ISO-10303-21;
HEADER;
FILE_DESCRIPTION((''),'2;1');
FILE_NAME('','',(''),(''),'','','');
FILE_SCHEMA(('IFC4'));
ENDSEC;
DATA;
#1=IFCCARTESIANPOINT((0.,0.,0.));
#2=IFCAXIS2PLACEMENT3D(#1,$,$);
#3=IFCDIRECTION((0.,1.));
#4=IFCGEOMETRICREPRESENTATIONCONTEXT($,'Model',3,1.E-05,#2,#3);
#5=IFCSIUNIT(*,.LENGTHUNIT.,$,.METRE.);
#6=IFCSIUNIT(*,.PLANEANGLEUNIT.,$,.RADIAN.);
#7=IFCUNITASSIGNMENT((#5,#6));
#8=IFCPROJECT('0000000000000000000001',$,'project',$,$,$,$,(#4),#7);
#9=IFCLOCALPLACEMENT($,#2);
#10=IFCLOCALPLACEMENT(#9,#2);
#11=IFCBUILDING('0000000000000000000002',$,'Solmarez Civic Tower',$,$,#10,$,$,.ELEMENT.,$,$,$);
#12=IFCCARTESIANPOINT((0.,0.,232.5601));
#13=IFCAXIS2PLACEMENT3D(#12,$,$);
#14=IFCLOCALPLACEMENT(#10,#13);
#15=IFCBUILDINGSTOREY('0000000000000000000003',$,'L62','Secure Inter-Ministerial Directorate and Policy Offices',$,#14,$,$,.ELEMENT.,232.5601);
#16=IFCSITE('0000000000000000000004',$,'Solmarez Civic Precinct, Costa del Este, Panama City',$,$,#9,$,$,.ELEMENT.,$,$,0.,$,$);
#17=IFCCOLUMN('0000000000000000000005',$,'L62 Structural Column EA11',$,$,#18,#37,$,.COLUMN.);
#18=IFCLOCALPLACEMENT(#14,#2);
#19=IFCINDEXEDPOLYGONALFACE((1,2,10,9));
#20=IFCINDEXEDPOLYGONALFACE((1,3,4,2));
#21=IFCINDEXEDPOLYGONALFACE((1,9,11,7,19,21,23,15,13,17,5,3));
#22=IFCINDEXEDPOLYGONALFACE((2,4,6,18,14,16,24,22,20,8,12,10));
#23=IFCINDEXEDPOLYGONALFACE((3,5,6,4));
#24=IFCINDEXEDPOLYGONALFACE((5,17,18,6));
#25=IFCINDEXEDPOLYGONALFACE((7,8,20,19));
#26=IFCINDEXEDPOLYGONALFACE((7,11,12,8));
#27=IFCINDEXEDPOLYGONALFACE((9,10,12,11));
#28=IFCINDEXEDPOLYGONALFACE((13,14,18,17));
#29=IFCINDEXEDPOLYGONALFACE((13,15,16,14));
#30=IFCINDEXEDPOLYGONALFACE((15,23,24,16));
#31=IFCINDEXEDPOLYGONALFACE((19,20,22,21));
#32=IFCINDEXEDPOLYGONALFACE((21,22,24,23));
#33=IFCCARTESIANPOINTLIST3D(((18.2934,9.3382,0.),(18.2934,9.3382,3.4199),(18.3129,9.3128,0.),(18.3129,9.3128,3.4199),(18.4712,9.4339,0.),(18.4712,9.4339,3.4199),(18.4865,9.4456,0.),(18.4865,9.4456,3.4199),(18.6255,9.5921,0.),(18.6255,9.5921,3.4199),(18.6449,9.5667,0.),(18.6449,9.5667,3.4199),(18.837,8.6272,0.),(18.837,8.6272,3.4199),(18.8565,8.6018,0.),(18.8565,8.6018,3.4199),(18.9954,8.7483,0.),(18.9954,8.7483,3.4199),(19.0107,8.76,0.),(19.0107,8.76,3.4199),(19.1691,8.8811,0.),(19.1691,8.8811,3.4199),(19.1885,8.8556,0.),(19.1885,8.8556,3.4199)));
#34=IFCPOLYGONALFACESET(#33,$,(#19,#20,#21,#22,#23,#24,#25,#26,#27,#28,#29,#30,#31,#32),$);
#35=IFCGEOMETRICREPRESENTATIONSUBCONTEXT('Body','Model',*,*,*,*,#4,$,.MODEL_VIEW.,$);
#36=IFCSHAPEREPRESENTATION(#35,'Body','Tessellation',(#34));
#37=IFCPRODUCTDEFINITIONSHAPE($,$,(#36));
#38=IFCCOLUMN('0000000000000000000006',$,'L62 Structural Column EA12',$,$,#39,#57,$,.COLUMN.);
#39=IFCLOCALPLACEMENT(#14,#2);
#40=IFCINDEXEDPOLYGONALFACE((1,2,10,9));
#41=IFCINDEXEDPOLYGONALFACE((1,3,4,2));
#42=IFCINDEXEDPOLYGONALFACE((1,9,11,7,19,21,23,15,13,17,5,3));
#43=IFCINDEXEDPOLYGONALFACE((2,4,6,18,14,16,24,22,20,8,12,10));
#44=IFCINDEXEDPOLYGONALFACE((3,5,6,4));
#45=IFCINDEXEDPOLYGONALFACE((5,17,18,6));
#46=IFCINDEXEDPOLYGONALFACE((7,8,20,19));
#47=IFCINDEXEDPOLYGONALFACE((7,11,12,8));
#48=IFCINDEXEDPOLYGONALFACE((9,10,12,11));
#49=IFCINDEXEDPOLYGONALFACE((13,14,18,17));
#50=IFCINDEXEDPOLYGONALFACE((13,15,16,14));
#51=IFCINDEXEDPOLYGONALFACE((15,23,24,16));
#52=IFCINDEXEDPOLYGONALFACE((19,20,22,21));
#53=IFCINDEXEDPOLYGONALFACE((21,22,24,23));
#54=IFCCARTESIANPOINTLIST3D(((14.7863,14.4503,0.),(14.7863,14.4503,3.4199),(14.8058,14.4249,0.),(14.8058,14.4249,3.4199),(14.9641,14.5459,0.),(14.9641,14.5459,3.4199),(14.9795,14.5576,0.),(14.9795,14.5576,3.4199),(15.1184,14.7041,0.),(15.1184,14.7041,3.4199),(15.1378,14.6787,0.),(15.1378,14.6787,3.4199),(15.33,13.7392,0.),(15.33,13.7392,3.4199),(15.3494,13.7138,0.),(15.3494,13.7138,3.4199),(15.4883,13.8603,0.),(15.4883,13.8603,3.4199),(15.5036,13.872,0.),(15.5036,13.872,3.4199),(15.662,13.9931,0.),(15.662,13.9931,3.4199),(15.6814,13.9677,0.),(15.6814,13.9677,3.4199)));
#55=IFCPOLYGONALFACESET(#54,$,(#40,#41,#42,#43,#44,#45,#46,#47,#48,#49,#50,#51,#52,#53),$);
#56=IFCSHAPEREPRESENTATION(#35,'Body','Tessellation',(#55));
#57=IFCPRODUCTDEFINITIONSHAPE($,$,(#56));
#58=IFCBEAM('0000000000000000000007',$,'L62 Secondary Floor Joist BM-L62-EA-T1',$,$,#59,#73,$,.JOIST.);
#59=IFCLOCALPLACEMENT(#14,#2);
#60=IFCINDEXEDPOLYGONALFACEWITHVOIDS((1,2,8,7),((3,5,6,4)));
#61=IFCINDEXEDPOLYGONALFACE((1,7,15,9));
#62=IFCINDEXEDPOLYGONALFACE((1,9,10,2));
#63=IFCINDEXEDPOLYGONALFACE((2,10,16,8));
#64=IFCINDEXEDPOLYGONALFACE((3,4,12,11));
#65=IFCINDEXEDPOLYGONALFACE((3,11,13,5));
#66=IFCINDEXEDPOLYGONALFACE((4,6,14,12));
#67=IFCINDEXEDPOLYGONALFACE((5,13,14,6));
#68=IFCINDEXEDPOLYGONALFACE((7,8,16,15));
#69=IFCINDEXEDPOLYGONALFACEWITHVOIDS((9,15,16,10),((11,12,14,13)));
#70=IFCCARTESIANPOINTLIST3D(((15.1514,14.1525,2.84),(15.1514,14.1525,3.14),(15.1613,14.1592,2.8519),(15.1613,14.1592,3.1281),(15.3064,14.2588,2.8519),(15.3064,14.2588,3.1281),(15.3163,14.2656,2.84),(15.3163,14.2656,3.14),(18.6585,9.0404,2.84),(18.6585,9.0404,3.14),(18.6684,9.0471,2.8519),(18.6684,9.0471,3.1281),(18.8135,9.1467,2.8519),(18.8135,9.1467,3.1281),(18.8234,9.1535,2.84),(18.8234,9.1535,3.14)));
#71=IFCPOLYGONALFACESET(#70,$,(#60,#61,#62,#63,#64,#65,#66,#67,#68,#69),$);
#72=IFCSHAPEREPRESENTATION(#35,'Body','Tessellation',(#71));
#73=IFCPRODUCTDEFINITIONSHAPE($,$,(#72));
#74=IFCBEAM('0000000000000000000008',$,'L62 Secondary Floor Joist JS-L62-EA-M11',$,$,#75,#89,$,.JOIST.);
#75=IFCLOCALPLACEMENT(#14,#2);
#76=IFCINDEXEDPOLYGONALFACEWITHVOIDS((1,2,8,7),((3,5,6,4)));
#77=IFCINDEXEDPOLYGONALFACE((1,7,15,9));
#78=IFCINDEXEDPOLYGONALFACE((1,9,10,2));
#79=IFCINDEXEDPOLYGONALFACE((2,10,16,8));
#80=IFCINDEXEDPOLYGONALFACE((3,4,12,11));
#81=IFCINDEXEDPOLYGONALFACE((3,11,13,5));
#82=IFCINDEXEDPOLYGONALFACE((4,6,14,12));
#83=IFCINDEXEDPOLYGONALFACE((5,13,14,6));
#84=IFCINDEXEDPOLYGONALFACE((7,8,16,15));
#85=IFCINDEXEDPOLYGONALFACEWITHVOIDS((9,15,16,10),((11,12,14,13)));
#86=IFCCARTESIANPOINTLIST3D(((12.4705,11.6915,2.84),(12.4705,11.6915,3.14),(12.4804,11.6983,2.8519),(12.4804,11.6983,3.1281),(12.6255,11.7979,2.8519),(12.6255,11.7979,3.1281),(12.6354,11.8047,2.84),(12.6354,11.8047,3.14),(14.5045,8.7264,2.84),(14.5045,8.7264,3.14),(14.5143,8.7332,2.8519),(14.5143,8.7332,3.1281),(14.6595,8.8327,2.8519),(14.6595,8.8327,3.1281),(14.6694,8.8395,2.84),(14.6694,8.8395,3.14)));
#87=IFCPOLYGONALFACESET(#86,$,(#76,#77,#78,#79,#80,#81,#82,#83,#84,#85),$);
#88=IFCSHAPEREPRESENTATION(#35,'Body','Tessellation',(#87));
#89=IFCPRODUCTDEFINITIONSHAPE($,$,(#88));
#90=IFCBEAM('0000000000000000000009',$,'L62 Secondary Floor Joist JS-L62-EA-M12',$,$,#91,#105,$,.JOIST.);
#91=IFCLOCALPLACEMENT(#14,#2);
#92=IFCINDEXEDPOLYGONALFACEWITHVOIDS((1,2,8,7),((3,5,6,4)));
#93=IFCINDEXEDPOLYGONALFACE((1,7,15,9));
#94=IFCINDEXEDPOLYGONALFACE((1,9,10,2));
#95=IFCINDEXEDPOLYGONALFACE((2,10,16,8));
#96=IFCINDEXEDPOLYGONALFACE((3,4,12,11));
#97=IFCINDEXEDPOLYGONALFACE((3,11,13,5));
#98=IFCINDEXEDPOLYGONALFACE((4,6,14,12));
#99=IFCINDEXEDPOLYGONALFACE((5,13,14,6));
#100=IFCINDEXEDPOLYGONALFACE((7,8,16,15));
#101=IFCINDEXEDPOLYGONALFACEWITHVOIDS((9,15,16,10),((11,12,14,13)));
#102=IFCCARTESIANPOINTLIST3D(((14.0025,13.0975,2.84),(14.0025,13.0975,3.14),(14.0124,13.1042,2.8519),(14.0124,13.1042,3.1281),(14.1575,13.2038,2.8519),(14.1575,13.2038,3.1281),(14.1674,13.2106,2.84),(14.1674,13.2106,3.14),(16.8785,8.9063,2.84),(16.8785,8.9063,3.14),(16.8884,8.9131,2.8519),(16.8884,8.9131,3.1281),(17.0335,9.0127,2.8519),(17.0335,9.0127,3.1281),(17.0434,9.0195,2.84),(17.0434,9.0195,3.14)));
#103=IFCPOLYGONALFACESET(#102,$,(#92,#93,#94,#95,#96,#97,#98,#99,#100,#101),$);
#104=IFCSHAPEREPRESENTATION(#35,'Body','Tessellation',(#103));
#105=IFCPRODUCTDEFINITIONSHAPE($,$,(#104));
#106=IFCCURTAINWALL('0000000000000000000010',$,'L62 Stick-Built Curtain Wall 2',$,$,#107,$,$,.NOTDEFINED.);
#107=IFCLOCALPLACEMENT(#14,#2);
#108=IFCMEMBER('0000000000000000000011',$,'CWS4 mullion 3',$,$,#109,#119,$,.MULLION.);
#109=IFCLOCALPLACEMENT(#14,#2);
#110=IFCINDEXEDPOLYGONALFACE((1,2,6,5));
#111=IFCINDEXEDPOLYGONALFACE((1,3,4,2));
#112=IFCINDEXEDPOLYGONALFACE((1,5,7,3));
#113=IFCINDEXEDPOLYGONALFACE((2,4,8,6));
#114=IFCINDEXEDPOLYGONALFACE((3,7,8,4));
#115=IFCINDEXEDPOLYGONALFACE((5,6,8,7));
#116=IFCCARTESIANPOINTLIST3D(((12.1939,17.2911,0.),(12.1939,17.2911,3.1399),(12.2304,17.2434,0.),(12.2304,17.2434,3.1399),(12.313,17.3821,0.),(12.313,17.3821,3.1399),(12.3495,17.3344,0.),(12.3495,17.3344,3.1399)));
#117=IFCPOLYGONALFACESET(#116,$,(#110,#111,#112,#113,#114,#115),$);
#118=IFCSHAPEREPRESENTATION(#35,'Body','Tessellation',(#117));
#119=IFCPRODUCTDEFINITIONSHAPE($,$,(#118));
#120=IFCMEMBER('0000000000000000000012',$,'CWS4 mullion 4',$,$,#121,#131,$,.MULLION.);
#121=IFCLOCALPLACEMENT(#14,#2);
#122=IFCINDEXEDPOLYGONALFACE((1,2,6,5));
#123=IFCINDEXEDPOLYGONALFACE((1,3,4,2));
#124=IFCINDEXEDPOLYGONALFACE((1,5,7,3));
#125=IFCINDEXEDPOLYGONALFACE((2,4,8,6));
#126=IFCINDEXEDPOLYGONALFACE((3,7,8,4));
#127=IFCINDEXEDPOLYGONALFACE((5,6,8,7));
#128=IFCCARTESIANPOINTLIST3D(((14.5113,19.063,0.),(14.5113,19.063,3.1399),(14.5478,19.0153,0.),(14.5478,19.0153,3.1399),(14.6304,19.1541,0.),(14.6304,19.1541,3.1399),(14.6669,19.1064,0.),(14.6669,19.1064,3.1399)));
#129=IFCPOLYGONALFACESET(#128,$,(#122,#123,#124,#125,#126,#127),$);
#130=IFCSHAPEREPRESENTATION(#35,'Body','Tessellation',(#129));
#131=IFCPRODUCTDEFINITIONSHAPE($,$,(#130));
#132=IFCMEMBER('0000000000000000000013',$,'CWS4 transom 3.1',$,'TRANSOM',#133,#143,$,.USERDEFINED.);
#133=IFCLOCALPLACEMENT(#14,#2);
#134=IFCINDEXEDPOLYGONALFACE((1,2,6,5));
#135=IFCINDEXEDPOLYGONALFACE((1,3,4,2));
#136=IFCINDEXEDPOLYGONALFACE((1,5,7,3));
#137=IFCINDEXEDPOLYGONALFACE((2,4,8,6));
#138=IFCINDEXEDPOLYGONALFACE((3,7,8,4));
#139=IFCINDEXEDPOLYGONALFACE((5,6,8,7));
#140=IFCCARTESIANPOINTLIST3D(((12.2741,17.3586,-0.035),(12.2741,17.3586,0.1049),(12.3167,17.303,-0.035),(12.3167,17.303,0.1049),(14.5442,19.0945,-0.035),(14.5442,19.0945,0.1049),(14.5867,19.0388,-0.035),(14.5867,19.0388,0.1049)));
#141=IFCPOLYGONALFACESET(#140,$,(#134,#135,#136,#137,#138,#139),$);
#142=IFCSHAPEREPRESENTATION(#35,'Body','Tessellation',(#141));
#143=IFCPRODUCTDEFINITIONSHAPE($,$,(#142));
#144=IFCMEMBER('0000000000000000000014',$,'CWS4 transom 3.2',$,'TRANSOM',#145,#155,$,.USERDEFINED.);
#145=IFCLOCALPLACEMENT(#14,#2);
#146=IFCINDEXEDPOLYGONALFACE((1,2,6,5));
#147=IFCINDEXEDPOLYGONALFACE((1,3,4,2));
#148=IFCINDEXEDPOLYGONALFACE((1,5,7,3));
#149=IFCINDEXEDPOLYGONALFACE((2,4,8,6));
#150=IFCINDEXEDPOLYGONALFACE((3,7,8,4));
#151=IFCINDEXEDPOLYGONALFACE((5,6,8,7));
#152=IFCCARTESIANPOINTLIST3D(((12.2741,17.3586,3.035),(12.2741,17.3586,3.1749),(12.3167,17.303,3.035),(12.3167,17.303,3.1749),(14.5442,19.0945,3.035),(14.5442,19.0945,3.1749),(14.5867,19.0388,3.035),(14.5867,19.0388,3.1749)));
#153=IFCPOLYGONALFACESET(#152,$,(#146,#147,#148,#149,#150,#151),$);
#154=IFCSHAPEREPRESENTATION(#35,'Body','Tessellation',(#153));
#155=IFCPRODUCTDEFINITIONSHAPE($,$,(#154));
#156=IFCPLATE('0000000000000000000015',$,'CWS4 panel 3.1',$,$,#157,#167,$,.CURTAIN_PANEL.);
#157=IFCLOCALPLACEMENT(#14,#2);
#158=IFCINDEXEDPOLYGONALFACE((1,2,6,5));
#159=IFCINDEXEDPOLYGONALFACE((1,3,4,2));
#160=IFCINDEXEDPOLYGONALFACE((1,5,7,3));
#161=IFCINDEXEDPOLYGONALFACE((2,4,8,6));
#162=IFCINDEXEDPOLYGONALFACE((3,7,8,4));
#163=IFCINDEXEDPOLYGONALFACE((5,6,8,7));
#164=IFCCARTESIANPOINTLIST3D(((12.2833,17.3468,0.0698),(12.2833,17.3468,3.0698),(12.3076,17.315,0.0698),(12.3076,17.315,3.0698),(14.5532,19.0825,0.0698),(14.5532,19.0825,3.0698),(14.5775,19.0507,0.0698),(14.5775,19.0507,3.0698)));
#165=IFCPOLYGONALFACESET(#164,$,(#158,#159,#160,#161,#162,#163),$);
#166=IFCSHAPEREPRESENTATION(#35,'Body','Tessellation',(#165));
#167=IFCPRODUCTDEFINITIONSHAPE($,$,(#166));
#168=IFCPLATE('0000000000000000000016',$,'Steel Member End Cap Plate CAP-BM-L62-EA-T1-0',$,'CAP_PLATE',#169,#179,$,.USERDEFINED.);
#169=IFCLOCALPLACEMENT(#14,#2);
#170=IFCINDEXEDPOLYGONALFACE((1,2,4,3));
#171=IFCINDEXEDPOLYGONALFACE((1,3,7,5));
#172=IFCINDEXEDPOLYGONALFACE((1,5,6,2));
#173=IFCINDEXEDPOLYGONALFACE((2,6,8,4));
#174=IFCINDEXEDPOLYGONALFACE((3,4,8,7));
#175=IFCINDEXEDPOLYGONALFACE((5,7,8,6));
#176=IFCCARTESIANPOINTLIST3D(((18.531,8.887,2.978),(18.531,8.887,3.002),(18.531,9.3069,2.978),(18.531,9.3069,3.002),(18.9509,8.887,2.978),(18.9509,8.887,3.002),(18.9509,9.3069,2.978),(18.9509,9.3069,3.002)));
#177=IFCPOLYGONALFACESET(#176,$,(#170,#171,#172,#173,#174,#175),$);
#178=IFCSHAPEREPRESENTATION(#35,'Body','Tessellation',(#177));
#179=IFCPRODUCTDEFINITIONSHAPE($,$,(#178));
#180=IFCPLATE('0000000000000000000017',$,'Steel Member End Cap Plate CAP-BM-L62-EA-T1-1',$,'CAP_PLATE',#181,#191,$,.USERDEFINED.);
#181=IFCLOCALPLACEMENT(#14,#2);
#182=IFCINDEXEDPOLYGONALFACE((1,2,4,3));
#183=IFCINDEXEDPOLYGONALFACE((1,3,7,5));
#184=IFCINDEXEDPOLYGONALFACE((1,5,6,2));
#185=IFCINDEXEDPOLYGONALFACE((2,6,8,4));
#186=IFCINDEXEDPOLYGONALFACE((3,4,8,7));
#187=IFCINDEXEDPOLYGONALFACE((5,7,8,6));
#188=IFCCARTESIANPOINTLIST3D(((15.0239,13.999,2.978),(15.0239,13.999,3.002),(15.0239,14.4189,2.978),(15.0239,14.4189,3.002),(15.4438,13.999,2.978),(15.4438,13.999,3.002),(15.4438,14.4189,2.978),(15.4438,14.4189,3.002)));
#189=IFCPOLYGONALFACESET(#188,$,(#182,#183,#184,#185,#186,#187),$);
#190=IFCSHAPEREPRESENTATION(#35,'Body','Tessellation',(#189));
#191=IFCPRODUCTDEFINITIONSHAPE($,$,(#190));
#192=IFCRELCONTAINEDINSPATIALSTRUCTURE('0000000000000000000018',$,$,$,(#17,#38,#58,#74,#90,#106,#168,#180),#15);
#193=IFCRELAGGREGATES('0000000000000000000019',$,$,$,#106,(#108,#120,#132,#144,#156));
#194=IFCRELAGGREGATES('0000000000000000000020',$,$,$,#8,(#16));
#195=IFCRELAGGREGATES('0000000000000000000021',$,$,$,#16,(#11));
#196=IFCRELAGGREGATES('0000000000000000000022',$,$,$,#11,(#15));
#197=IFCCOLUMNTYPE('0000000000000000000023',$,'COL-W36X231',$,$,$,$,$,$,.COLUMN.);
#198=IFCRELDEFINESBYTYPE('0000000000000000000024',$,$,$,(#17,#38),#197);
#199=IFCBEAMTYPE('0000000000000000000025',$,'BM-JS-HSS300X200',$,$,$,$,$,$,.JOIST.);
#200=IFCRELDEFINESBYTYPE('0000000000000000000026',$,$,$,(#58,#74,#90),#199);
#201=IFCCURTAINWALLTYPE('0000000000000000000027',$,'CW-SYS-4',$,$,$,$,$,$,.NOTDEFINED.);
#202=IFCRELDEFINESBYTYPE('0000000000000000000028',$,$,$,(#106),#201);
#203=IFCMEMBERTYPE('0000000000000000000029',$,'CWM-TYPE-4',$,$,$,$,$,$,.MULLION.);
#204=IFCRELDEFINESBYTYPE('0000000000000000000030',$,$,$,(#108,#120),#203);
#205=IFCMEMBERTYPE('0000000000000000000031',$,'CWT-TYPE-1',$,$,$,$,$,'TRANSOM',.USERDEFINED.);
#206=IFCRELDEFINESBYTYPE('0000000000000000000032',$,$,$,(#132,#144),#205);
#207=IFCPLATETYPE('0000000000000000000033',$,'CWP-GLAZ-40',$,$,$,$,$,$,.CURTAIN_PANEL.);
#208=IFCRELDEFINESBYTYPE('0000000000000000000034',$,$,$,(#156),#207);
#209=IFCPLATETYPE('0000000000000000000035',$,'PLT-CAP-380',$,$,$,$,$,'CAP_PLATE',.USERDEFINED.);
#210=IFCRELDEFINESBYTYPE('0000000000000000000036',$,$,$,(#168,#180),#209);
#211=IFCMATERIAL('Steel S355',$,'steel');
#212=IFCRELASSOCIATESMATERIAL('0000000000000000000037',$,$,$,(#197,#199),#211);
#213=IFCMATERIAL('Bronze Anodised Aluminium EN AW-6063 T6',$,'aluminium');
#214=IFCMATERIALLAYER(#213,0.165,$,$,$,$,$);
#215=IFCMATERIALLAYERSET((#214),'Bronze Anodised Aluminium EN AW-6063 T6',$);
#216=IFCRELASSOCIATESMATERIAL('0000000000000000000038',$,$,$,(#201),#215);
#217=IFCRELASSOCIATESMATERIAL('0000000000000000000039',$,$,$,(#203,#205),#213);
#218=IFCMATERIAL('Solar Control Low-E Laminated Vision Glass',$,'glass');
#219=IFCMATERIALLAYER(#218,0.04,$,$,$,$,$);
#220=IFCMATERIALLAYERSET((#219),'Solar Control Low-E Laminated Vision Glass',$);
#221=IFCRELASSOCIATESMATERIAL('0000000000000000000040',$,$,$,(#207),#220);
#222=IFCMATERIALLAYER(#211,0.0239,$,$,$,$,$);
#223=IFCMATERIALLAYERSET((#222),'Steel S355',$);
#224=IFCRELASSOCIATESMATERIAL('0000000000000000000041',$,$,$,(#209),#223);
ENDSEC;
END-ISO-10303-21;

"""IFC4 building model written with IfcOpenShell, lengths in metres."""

from ifc_helpers import new_model, si_unit, direction, frame, origin, origin_2d, place, context, subcontext, project, spatial, rectangle, hollow_rectangle, i_section, extrude, material, layer, layer_set, material_profile, profile_set, type_object, element, aggregate, save


model = new_model("IFC4")

# Units and contexts
model_context = context("Model", 3, precision=1e-05, world=origin(), true_north=direction((0.0, 1.0)))
body_context = subcontext(model_context, "Body", "Model", "MODEL_VIEW")
ifc_project = project(units=[si_unit("LENGTHUNIT", "METRE"), si_unit("PLANEANGLEUNIT", "RADIAN")], contexts=[model_context])

# Site, building, storey
site_placement = place(None, origin())
site = spatial("IfcSite", under=ifc_project, at=site_placement, Name="Solmarez Civic Precinct, Costa del Este, Panama City", CompositionType="ELEMENT", RefElevation=0.0)
building_placement = place(site_placement, origin())
building = spatial("IfcBuilding", under=site, at=building_placement, Name="Solmarez Civic Tower", CompositionType="ELEMENT")
storey_placement = place(building_placement, frame((0.0, 0.0, 232.5601)))
storey = spatial("IfcBuildingStorey", under=building, at=storey_placement, Name="L62", Description="Secure Inter-Ministerial Directorate and Policy Offices", CompositionType="ELEMENT", Elevation=232.5601)

# Columns
ifc_material_1 = material(Name="Steel S355", Category="steel")
ifc_material_profile_1 = material_profile(ifc_material_1, i_section(OverallWidth=0.418, OverallDepth=0.927, WebThickness=0.0193, FlangeThickness=0.032, at=origin_2d()), Name="W36X231")
ifc_profile_set_1 = profile_set([ifc_material_profile_1], Name="Steel S355")
column_type = type_object("IfcColumnType", Name="COL-W36X231", PredefinedType="COLUMN", material=ifc_profile_set_1)
for number, where, z_axis, x_axis, name in (
    (1, (18.741, 9.0969, 0.0), (0.0, 0.0, 1.0), (0.794415, 0.607376, 0.0), "L62 Structural Column EA11"),
    (2, (15.2339, 14.209, 0.0), (0.0, 0.0, 1.0), (0.794415, 0.607376, 0.0), "L62 Structural Column EA12"),
):
    element("IfcColumn", number, at=place(storey_placement, frame(where, z_axis=z_axis, x_axis=x_axis)), inside=storey, type_object=column_type, Name=name, PredefinedType="COLUMN", context=body_context, shape_type="SweptSolid", body=[
        extrude(i_section(OverallWidth=0.418, OverallDepth=0.927, WebThickness=0.0193, FlangeThickness=0.032, at=origin_2d()), origin(), (0.0, 0.0, 1.0), 3.4199),
    ])

# Beams
ifc_material_profile_2 = material_profile(ifc_material_1, hollow_rectangle(XDim=0.2, YDim=0.3, WallThickness=0.012, at=origin_2d()), Name="HSS300X200X12")
ifc_profile_set_2 = profile_set([ifc_material_profile_2], Name="Steel S355")
beam_type = type_object("IfcBeamType", Name="BM-JS-HSS300X200", PredefinedType="JOIST", material=ifc_profile_set_2)
beam_1_placement = place(storey_placement, frame((18.741, 9.0969, 2.99), z_axis=(-0.565711, 0.824603, 0.0), x_axis=(-0.824603, -0.565711, 0.0)))
element("IfcBeam", 3, at=beam_1_placement, inside=storey, type_object=beam_type, Name="L62 Secondary Floor Joist BM-L62-EA-T1", PredefinedType="JOIST", context=body_context, shape_type="SweptSolid", body=[
    extrude(hollow_rectangle(XDim=0.2, YDim=0.3, WallThickness=0.012, at=origin_2d()), origin(), (0.0, 0.0, 1.0), 6.1995),
])
beam_2_placement = place(storey_placement, frame((14.5869, 8.783, 2.99), z_axis=(-0.565667, 0.824634, 0.0), x_axis=(-0.824634, -0.565667, 0.0)))
element("IfcBeam", 4, at=beam_2_placement, inside=storey, type_object=beam_type, Name="L62 Secondary Floor Joist JS-L62-EA-M11", PredefinedType="JOIST", context=body_context, shape_type="SweptSolid", body=[
    extrude(hollow_rectangle(XDim=0.2, YDim=0.3, WallThickness=0.012, at=origin_2d()), origin(), (0.0, 0.0, 1.0), 3.5957),
])
beam_3_placement = place(storey_placement, frame((16.9609, 8.9629, 2.99), z_axis=(-0.565801, 0.824542, 0.0), x_axis=(-0.824542, -0.565801, 0.0)))
element("IfcBeam", 5, at=beam_3_placement, inside=storey, type_object=beam_type, Name="L62 Secondary Floor Joist JS-L62-EA-M12", PredefinedType="JOIST", context=body_context, shape_type="SweptSolid", body=[
    extrude(hollow_rectangle(XDim=0.2, YDim=0.3, WallThickness=0.012, at=origin_2d()), origin(), (0.0, 0.0, 1.0), 5.083),
])

# Curtain wall, members, plate
ifc_material_2 = material(Name="Bronze Anodised Aluminium EN AW-6063 T6", Category="aluminium")
ifc_layer_1 = layer(ifc_material_2, 0.165)
ifc_layer_set_1 = layer_set([ifc_layer_1], Name="Bronze Anodised Aluminium EN AW-6063 T6")
curtain_wall_type = type_object("IfcCurtainWallType", Name="CW-SYS-4", PredefinedType="NOTDEFINED", material=ifc_layer_set_1)
curtain_wall_placement = place(storey_placement, origin())
curtain_wall = element("IfcCurtainWall", 6, at=curtain_wall_placement, inside=storey, type_object=curtain_wall_type, Name="L62 Stick-Built Curtain Wall 2", PredefinedType="NOTDEFINED")
ifc_material_profile_3 = material_profile(ifc_material_2, rectangle(XDim=0.0601, YDim=0.1499, at=origin_2d()), Name="CWM-60X150")
ifc_profile_set_3 = profile_set([ifc_material_profile_3], Name="Bronze Anodised Aluminium EN AW-6063 T6")
member_type_1 = type_object("IfcMemberType", Name="CWM-TYPE-4", PredefinedType="MULLION", material=ifc_profile_set_3)
member_1_placement = place(storey_placement, frame((12.2717, 17.3127, 0.0), z_axis=(0.0, 0.0, 1.0), x_axis=(-0.607429, 0.794374, 0.0)))
member_1 = element("IfcMember", 7, at=member_1_placement, type_object=member_type_1, Name="CWS4 mullion 3", PredefinedType="MULLION", context=body_context, shape_type="SweptSolid", body=[
    extrude(rectangle(XDim=0.0601, YDim=0.1499, at=origin_2d()), origin(), (0.0, 0.0, 1.0), 3.1399),
])
member_2_placement = place(storey_placement, frame((14.5891, 19.0847, 0.0), z_axis=(0.0, 0.0, 1.0), x_axis=(-0.607429, 0.794374, 0.0)))
member_2 = element("IfcMember", 8, at=member_2_placement, type_object=member_type_1, Name="CWS4 mullion 4", PredefinedType="MULLION", context=body_context, shape_type="SweptSolid", body=[
    extrude(rectangle(XDim=0.0601, YDim=0.1499, at=origin_2d()), origin(), (0.0, 0.0, 1.0), 3.1399),
])
ifc_material_profile_4 = material_profile(ifc_material_2, rectangle(XDim=0.0701, YDim=0.1399, at=origin_2d()), Name="CWT-70X140")
ifc_profile_set_4 = profile_set([ifc_material_profile_4], Name="Bronze Anodised Aluminium EN AW-6063 T6")
member_type_2 = type_object("IfcMemberType", Name="CWT-TYPE-1", ElementType="TRANSOM", PredefinedType="USERDEFINED", material=ifc_profile_set_4)
member_3_placement = place(storey_placement, frame((12.2954, 17.3308, 0.0349), z_axis=(0.794368, 0.607437, 0.0), x_axis=(-0.607437, 0.794368, 0.0)))
member_3 = element("IfcMember", 9, at=member_3_placement, type_object=member_type_2, Name="CWS4 transom 3.1", ObjectType="TRANSOM", PredefinedType="USERDEFINED", context=body_context, shape_type="SweptSolid", body=[
    extrude(rectangle(XDim=0.0701, YDim=0.1399, at=origin_2d()), origin(), (0.0, 0.0, 1.0), 2.8577),
])
member_4_placement = place(storey_placement, frame((12.2954, 17.3308, 3.105), z_axis=(0.794368, 0.607437, 0.0), x_axis=(-0.607437, 0.794368, 0.0)))
member_4 = element("IfcMember", 10, at=member_4_placement, type_object=member_type_2, Name="CWS4 transom 3.2", ObjectType="TRANSOM", PredefinedType="USERDEFINED", context=body_context, shape_type="SweptSolid", body=[
    extrude(rectangle(XDim=0.0701, YDim=0.1399, at=origin_2d()), origin(), (0.0, 0.0, 1.0), 2.8577),
])
ifc_material_3 = material(Name="Solar Control Low-E Laminated Vision Glass", Category="glass")
ifc_layer_2 = layer(ifc_material_3, 0.04)
ifc_layer_set_2 = layer_set([ifc_layer_2], Name="Solar Control Low-E Laminated Vision Glass")
plate_type_1 = type_object("IfcPlateType", Name="CWP-GLAZ-40", PredefinedType="CURTAIN_PANEL", material=ifc_layer_set_2)
plate_placement = place(storey_placement, frame((13.4304, 18.1987, 0.0698), z_axis=(0.0, 0.0, 1.0), x_axis=(0.794374, 0.607429, 0.0)))
plate = element("IfcPlate", 11, at=plate_placement, type_object=plate_type_1, Name="CWS4 panel 3.1", PredefinedType="CURTAIN_PANEL", context=body_context, shape_type="SweptSolid", body=[
    extrude(rectangle(XDim=2.8574, YDim=0.04, at=origin_2d()), origin(), (0.0, 0.0, 1.0), 3.0),
])
aggregate(curtain_wall, [member_1, member_2, member_3, member_4, plate])

# Plates
ifc_layer_3 = layer(ifc_material_1, 0.0239)
ifc_layer_set_3 = layer_set([ifc_layer_3], Name="Steel S355")
plate_type_2 = type_object("IfcPlateType", Name="PLT-CAP-380", ElementType="CAP_PLATE", PredefinedType="USERDEFINED", material=ifc_layer_set_3)
for number, where, z_axis, x_axis, name in (
    (12, (18.741, 9.0969, 2.978), (0.0, 0.0, 1.0), (1.0, 0.0, 0.0), "Steel Member End Cap Plate CAP-BM-L62-EA-T1-0"),
    (13, (15.2339, 14.209, 2.978), (0.0, 0.0, 1.0), (1.0, 0.0, 0.0), "Steel Member End Cap Plate CAP-BM-L62-EA-T1-1"),
):
    element("IfcPlate", number, at=place(storey_placement, frame(where, z_axis=z_axis, x_axis=x_axis)), inside=storey, type_object=plate_type_2, Name=name, ObjectType="CAP_PLATE", PredefinedType="USERDEFINED", context=body_context, shape_type="SweptSolid", body=[
        extrude(rectangle(XDim=0.4199, YDim=0.4199, at=origin_2d()), origin(), (0.0, 0.0, 1.0), 0.0239),
    ])

save(model, "model.ifc")
